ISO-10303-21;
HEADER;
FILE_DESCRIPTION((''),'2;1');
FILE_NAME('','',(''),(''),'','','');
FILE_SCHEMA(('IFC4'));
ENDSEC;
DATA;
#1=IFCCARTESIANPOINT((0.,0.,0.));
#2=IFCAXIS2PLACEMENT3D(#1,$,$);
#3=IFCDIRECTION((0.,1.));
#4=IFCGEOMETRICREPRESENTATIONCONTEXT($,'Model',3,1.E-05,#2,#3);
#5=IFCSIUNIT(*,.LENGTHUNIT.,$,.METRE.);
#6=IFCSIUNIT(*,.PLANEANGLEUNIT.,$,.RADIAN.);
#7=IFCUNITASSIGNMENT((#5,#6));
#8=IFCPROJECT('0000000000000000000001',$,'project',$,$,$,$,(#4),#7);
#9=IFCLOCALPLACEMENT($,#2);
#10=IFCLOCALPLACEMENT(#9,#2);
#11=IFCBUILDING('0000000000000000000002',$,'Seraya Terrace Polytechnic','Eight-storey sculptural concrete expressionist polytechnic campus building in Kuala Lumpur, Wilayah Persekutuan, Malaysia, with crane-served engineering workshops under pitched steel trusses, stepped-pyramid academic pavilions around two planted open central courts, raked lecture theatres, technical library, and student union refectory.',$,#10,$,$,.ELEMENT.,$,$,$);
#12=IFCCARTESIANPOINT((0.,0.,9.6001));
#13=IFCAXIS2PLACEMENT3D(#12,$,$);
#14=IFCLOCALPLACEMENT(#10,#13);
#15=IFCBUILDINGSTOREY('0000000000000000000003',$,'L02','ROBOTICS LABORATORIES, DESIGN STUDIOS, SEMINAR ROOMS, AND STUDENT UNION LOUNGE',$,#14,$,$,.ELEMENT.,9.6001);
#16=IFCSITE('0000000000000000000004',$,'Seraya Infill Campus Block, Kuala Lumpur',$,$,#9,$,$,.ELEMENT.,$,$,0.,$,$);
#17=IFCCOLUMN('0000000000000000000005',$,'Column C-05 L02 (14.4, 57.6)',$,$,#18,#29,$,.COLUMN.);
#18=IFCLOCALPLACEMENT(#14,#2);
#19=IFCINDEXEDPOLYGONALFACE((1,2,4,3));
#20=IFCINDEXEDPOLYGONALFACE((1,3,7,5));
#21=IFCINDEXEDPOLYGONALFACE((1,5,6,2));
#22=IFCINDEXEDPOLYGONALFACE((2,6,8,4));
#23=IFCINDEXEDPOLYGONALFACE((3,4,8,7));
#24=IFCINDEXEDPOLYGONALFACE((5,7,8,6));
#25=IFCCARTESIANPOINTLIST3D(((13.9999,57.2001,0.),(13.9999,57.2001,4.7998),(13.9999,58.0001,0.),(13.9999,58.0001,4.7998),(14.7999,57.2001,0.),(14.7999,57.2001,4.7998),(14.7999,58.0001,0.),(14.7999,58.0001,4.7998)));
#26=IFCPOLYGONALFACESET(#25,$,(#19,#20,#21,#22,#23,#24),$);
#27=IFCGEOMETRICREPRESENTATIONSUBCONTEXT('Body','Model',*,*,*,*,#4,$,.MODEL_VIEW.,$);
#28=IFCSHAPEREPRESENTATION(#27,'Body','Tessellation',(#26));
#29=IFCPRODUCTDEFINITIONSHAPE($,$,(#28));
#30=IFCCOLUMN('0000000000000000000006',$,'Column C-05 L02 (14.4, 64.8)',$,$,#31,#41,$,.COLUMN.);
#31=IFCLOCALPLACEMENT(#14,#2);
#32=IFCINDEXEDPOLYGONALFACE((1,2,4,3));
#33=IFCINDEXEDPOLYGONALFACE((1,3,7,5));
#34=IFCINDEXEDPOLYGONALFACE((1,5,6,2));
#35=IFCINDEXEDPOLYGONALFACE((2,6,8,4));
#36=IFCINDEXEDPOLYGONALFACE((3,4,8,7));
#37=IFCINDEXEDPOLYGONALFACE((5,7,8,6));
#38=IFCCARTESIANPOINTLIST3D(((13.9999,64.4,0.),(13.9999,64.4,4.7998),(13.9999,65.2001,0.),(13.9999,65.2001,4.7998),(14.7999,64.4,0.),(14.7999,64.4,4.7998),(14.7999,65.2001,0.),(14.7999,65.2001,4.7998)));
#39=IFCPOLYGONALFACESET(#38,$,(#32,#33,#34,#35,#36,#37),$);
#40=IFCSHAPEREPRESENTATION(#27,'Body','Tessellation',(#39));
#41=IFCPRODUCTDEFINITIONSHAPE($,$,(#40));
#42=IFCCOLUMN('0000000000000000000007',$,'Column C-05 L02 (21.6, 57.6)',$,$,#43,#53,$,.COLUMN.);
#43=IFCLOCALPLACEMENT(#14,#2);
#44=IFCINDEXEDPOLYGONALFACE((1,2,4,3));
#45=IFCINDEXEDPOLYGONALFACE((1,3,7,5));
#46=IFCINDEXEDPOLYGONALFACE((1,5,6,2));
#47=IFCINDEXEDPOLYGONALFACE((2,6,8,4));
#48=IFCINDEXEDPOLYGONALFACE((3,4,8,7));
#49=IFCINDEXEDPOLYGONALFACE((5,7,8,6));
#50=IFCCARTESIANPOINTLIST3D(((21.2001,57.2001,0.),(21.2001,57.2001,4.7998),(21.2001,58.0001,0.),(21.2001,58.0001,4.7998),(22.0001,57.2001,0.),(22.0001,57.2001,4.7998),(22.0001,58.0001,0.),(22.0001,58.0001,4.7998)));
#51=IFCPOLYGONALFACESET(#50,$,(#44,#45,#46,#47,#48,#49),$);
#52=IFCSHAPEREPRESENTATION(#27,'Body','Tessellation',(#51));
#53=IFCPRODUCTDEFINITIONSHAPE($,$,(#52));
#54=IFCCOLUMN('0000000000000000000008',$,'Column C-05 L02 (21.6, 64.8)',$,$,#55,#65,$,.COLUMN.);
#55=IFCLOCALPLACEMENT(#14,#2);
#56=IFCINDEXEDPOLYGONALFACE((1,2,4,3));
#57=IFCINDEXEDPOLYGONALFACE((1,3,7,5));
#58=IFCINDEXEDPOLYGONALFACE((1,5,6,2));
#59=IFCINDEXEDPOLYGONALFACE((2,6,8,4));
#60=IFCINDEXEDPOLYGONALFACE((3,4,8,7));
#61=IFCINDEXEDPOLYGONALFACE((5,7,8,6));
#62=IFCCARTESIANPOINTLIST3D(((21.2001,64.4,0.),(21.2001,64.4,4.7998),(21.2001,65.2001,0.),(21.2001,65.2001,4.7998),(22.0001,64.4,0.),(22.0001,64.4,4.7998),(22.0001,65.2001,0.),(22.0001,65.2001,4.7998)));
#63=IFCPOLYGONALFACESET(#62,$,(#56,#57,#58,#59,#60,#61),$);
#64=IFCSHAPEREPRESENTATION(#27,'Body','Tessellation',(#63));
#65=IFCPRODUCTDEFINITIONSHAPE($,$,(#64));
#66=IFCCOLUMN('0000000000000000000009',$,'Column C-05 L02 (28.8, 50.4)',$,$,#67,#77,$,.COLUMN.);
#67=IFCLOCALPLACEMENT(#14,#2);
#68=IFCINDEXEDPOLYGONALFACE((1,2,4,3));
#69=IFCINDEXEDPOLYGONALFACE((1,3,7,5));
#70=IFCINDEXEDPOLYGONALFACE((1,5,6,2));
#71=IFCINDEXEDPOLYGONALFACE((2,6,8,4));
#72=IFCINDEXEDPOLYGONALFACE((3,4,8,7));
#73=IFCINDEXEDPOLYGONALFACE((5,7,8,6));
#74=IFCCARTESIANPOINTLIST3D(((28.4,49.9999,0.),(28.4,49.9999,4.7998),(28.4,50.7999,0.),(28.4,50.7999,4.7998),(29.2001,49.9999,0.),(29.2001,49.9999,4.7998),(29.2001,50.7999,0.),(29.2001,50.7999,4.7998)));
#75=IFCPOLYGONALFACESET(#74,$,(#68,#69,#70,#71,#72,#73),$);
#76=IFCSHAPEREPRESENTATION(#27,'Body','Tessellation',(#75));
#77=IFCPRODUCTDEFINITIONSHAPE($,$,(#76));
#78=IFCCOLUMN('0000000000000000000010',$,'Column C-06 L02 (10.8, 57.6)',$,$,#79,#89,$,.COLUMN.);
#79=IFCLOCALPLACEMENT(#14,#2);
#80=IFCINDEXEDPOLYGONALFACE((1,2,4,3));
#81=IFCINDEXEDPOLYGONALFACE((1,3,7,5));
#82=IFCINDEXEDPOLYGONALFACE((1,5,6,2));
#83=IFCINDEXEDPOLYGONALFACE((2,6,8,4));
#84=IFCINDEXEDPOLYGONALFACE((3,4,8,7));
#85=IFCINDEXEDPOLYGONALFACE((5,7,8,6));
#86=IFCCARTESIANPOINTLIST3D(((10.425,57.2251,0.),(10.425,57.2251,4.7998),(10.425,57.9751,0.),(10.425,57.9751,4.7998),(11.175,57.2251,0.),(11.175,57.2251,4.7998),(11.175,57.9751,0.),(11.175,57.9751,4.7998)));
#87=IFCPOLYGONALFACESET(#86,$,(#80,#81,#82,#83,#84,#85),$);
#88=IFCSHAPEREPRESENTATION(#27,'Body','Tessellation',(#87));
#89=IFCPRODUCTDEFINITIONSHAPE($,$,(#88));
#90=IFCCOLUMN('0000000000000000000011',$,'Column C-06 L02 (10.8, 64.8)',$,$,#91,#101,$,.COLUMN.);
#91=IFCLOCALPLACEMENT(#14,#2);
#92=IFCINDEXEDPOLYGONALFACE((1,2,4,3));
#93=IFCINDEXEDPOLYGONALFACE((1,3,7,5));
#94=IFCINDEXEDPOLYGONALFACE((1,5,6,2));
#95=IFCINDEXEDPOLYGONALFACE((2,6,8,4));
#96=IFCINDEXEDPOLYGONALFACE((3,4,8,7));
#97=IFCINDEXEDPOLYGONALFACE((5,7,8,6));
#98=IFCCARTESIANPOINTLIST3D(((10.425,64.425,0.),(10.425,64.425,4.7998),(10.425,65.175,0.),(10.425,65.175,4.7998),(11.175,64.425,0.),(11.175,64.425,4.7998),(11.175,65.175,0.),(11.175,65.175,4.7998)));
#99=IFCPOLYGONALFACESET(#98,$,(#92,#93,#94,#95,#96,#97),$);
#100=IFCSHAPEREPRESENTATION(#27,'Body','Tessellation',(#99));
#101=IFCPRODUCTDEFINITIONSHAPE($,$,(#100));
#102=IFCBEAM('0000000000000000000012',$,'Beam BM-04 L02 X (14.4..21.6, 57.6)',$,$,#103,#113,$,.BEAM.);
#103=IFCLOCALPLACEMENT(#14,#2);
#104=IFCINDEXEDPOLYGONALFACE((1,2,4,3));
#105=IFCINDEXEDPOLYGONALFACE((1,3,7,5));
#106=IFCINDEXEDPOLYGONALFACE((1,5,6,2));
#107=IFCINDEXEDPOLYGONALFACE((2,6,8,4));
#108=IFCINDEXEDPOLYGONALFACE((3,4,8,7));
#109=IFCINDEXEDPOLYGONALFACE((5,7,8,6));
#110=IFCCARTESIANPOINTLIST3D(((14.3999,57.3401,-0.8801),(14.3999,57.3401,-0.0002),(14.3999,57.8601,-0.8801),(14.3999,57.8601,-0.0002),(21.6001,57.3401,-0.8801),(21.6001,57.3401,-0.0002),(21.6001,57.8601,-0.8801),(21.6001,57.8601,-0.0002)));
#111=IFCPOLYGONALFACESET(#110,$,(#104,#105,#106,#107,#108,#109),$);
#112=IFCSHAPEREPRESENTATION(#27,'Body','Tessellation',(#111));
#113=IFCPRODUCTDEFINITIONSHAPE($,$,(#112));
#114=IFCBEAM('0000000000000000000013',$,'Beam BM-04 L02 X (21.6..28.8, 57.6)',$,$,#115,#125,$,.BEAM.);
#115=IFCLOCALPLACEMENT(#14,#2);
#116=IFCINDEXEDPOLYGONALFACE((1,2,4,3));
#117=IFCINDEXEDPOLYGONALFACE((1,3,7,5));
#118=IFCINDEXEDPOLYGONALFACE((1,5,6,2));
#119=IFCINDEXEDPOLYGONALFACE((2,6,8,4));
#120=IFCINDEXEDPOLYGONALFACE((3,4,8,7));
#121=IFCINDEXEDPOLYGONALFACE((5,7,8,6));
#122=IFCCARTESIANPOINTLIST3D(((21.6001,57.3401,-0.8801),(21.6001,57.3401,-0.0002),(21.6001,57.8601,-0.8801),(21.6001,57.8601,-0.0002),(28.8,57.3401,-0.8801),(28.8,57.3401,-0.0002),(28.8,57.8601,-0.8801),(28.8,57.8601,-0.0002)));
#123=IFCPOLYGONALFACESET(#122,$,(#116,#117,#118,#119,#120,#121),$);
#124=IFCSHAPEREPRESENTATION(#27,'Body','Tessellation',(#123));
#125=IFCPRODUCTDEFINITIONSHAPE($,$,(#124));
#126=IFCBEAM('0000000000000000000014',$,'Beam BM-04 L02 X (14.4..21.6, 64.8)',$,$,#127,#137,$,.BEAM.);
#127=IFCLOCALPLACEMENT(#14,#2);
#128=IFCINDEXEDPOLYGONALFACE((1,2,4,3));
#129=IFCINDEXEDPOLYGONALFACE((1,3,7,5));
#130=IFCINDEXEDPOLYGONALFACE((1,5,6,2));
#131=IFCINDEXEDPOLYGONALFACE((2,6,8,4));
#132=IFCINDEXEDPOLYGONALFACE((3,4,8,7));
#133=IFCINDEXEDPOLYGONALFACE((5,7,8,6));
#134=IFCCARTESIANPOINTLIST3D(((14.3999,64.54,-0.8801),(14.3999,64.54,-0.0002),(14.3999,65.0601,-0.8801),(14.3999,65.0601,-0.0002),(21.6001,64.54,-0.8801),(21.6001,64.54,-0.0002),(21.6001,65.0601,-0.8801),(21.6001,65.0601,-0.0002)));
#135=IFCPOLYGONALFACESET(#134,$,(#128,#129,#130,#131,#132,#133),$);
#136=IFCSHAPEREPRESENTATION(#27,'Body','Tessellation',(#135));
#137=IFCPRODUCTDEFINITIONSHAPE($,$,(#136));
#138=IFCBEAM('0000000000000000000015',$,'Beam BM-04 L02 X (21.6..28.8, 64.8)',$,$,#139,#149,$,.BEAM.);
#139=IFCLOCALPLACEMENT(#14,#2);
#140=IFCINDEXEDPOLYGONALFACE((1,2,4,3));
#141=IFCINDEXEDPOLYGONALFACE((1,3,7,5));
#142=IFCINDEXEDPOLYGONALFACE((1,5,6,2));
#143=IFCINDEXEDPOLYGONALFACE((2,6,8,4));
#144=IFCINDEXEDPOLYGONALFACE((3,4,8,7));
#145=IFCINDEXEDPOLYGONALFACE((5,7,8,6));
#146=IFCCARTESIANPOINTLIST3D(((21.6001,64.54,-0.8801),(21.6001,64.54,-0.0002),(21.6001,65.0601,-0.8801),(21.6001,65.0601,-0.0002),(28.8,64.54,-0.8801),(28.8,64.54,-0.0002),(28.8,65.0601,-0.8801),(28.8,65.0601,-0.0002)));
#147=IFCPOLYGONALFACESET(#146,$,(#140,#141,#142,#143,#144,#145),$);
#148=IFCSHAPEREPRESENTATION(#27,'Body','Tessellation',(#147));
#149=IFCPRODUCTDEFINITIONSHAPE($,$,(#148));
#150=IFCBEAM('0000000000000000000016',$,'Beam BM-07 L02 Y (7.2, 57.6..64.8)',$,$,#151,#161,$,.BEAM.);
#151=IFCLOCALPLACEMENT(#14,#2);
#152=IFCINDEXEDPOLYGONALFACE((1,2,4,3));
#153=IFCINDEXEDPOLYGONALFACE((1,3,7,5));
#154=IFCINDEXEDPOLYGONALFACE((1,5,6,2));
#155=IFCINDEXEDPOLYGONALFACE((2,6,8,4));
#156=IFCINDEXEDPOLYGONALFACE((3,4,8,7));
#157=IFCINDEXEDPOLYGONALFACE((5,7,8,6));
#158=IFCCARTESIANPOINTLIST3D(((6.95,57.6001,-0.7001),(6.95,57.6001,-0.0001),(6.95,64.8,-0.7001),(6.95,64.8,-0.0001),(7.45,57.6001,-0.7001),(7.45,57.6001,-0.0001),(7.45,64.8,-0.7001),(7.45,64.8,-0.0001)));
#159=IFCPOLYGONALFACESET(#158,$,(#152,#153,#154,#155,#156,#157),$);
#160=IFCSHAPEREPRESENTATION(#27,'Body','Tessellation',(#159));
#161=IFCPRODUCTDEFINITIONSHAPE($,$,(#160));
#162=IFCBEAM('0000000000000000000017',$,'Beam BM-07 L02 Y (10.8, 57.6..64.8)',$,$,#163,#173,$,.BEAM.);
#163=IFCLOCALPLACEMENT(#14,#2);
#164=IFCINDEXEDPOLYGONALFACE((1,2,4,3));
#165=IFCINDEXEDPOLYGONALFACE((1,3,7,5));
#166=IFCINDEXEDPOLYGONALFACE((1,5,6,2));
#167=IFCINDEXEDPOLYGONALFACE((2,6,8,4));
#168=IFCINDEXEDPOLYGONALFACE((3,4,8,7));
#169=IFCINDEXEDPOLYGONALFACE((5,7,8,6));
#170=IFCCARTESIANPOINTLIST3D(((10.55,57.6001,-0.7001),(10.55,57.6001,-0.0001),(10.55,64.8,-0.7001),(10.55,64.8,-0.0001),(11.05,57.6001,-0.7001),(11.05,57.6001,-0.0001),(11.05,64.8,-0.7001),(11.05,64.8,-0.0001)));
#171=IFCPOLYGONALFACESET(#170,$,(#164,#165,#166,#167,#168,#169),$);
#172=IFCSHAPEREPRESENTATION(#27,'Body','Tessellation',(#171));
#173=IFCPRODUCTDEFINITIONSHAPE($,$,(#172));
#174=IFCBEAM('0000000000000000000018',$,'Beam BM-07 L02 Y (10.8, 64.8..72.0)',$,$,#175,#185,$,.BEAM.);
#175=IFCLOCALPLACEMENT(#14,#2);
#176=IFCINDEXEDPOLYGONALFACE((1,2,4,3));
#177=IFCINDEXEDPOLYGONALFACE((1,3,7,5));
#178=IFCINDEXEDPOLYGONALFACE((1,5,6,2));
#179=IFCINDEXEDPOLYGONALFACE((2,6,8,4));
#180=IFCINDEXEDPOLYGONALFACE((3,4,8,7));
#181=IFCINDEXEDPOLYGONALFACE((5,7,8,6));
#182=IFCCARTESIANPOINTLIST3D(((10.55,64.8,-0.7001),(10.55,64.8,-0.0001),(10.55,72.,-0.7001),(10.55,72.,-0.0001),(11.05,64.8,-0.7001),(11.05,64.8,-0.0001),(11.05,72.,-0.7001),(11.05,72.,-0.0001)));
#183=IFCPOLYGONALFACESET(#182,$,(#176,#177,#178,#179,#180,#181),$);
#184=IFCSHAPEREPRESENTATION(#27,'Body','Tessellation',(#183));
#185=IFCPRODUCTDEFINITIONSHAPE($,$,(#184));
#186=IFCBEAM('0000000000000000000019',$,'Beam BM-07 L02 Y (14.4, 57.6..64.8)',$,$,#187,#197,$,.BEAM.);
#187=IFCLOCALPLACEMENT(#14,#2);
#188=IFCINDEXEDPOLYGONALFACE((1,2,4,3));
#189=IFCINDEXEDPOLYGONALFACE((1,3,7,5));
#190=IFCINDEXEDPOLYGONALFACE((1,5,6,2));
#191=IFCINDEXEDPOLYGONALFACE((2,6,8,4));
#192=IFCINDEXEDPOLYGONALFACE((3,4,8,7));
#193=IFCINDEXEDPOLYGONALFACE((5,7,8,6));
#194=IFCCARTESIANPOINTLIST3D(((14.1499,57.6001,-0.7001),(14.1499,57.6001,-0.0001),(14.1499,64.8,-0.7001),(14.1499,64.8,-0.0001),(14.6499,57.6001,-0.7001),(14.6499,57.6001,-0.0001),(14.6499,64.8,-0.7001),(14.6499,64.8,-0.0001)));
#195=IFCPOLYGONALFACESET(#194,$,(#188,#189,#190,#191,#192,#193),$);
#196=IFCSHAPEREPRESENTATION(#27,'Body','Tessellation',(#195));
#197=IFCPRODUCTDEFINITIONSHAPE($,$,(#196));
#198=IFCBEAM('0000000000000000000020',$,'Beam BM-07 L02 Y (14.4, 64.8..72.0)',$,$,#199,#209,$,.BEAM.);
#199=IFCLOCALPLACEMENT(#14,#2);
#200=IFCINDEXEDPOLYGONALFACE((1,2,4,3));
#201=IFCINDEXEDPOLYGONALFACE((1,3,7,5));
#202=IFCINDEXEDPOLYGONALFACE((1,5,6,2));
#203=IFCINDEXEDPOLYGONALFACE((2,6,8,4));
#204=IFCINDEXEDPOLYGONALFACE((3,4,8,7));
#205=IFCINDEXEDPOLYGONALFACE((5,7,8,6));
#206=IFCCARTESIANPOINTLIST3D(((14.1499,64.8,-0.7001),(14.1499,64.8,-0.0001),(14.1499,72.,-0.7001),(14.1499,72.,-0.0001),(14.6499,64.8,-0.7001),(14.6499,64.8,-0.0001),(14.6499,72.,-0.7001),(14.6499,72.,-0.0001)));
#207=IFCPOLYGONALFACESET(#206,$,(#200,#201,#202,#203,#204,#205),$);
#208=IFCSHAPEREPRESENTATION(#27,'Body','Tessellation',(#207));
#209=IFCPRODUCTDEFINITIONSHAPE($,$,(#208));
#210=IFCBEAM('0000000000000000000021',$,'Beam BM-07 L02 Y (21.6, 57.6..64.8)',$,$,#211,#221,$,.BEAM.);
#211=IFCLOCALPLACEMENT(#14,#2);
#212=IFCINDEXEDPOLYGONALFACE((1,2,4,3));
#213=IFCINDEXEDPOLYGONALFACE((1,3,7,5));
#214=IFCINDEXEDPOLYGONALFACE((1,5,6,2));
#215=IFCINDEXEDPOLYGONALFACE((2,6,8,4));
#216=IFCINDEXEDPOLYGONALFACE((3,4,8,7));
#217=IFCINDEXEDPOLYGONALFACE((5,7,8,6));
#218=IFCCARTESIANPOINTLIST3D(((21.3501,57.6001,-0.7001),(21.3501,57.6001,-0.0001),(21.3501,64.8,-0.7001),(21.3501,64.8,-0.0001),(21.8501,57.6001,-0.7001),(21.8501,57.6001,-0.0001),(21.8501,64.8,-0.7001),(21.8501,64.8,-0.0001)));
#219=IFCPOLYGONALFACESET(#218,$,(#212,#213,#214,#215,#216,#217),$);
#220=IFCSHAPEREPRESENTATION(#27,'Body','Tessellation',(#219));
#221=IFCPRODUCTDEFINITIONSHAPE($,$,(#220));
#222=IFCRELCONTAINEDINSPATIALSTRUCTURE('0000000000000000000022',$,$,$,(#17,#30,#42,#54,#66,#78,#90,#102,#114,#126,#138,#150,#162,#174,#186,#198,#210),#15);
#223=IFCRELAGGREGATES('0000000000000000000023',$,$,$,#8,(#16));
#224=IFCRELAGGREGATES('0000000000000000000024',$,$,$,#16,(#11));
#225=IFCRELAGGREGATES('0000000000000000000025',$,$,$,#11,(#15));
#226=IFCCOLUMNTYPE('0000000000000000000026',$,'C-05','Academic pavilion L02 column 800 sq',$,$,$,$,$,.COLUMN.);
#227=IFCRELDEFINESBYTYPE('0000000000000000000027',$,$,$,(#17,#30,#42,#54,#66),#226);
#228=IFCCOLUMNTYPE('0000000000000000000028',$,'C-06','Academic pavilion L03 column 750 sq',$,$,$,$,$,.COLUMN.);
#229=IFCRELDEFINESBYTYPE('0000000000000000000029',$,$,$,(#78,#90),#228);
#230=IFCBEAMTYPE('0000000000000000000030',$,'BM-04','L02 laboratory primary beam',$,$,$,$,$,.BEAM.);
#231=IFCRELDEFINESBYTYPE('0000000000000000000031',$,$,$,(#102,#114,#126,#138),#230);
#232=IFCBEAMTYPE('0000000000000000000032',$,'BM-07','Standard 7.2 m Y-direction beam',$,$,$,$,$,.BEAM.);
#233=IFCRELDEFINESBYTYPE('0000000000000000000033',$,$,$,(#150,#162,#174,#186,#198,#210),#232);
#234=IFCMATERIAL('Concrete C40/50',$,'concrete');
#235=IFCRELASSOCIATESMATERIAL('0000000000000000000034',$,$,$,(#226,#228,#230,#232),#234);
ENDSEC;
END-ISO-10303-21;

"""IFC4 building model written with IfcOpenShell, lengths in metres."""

from ifc_helpers import new_model, si_unit, direction, frame, origin, origin_2d, place, context, subcontext, project, spatial, rectangle, extrude, material, material_profile, profile_set, type_object, element, save


model = new_model("IFC4")

# Units and contexts
model_context = context("Model", 3, precision=1e-05, world=origin(), true_north=direction((0.0, 1.0)))
body_context = subcontext(model_context, "Body", "Model", "MODEL_VIEW")
ifc_project = project(units=[si_unit("LENGTHUNIT", "METRE"), si_unit("PLANEANGLEUNIT", "RADIAN")], contexts=[model_context])

# Site, building, storey
site_placement = place(None, origin())
site = spatial("IfcSite", under=ifc_project, at=site_placement, Name="Seraya Infill Campus Block, Kuala Lumpur", CompositionType="ELEMENT", RefElevation=0.0)
building_placement = place(site_placement, origin())
building = spatial("IfcBuilding", under=site, at=building_placement, Name="Seraya Terrace Polytechnic", Description="Eight-storey sculptural concrete expressionist polytechnic campus building in Kuala Lumpur, Wilayah Persekutuan, Malaysia, with crane-served engineering workshops under pitched steel trusses, stepped-pyramid academic pavilions around two planted open central courts, raked lecture theatres, technical library, and student union refectory.", CompositionType="ELEMENT")
storey_placement = place(building_placement, frame((0.0, 0.0, 9.6001)))
storey = spatial("IfcBuildingStorey", under=building, at=storey_placement, Name="L02", Description="ROBOTICS LABORATORIES, DESIGN STUDIOS, SEMINAR ROOMS, AND STUDENT UNION LOUNGE", CompositionType="ELEMENT", Elevation=9.6001)

# Columns
ifc_material_1 = material(Name="Concrete C40/50", Category="concrete")
ifc_material_profile_1 = material_profile(ifc_material_1, rectangle(XDim=0.8, YDim=0.8, at=origin_2d()), Name="RC 800x800")
ifc_profile_set_1 = profile_set([ifc_material_profile_1], Name="Concrete C40/50")
column_type_1 = type_object("IfcColumnType", Name="C-05", Description="Academic pavilion L02 column 800 sq", PredefinedType="COLUMN", material=ifc_profile_set_1)
for number, where, z_axis, x_axis, name in (
    (1, (14.3999, 57.6001, 0.0), (0.0, 0.0, 1.0), (1.0, 0.0, 0.0), "Column C-05 L02 (14.4, 57.6)"),
    (2, (14.3999, 64.8, 0.0), (0.0, 0.0, 1.0), (1.0, 0.0, 0.0), "Column C-05 L02 (14.4, 64.8)"),
    (3, (21.6001, 57.6001, 0.0), (0.0, 0.0, 1.0), (1.0, 0.0, 0.0), "Column C-05 L02 (21.6, 57.6)"),
    (4, (21.6001, 64.8, 0.0), (0.0, 0.0, 1.0), (1.0, 0.0, 0.0), "Column C-05 L02 (21.6, 64.8)"),
    (5, (28.8, 50.3999, 0.0), (0.0, 0.0, 1.0), (1.0, 0.0, 0.0), "Column C-05 L02 (28.8, 50.4)"),
):
    element("IfcColumn", number, at=place(storey_placement, frame(where, z_axis=z_axis, x_axis=x_axis)), inside=storey, type_object=column_type_1, Name=name, PredefinedType="COLUMN", context=body_context, shape_type="SweptSolid", body=[
        extrude(rectangle(XDim=0.8, YDim=0.8, at=origin_2d()), origin(), (0.0, 0.0, 1.0), 4.7998),
    ])
ifc_material_profile_2 = material_profile(ifc_material_1, rectangle(XDim=0.75, YDim=0.75, at=origin_2d()), Name="RC 750x750")
ifc_profile_set_2 = profile_set([ifc_material_profile_2], Name="Concrete C40/50")
column_type_2 = type_object("IfcColumnType", Name="C-06", Description="Academic pavilion L03 column 750 sq", PredefinedType="COLUMN", material=ifc_profile_set_2)
for number, where, z_axis, x_axis, name in (
    (6, (10.8, 57.6001, 0.0), (0.0, 0.0, 1.0), (1.0, 0.0, 0.0), "Column C-06 L02 (10.8, 57.6)"),
    (7, (10.8, 64.8, 0.0), (0.0, 0.0, 1.0), (1.0, 0.0, 0.0), "Column C-06 L02 (10.8, 64.8)"),
):
    element("IfcColumn", number, at=place(storey_placement, frame(where, z_axis=z_axis, x_axis=x_axis)), inside=storey, type_object=column_type_2, Name=name, PredefinedType="COLUMN", context=body_context, shape_type="SweptSolid", body=[
        extrude(rectangle(XDim=0.75, YDim=0.75, at=origin_2d()), origin(), (0.0, 0.0, 1.0), 4.7998),
    ])

# Beams
ifc_material_profile_3 = material_profile(ifc_material_1, rectangle(XDim=0.52, YDim=0.8799, at=origin_2d()), Name="RC 520x880")
ifc_profile_set_3 = profile_set([ifc_material_profile_3], Name="Concrete C40/50")
beam_type_1 = type_object("IfcBeamType", Name="BM-04", Description="L02 laboratory primary beam", PredefinedType="BEAM", material=ifc_profile_set_3)
beam_1_placement = place(storey_placement, frame((14.3999, 57.6001, -0.4402), z_axis=(1.0, 0.0, 0.0), x_axis=(0.0, 1.0, 0.0)))
element("IfcBeam", 8, at=beam_1_placement, inside=storey, type_object=beam_type_1, Name="Beam BM-04 L02 X (14.4..21.6, 57.6)", PredefinedType="BEAM", context=body_context, shape_type="SweptSolid", body=[
    extrude(rectangle(XDim=0.52, YDim=0.8799, at=origin_2d()), origin(), (0.0, 0.0, 1.0), 7.2002),
])
beam_2_placement = place(storey_placement, frame((21.6001, 57.6001, -0.4402), z_axis=(1.0, 0.0, 0.0), x_axis=(0.0, 1.0, 0.0)))
element("IfcBeam", 9, at=beam_2_placement, inside=storey, type_object=beam_type_1, Name="Beam BM-04 L02 X (21.6..28.8, 57.6)", PredefinedType="BEAM", context=body_context, shape_type="SweptSolid", body=[
    extrude(rectangle(XDim=0.52, YDim=0.8799, at=origin_2d()), origin(), (0.0, 0.0, 1.0), 7.2),
])
beam_3_placement = place(storey_placement, frame((14.3999, 64.8, -0.4402), z_axis=(1.0, 0.0, 0.0), x_axis=(0.0, 1.0, 0.0)))
element("IfcBeam", 10, at=beam_3_placement, inside=storey, type_object=beam_type_1, Name="Beam BM-04 L02 X (14.4..21.6, 64.8)", PredefinedType="BEAM", context=body_context, shape_type="SweptSolid", body=[
    extrude(rectangle(XDim=0.52, YDim=0.8799, at=origin_2d()), origin(), (0.0, 0.0, 1.0), 7.2002),
])
beam_4_placement = place(storey_placement, frame((21.6001, 64.8, -0.4402), z_axis=(1.0, 0.0, 0.0), x_axis=(0.0, 1.0, 0.0)))
element("IfcBeam", 11, at=beam_4_placement, inside=storey, type_object=beam_type_1, Name="Beam BM-04 L02 X (21.6..28.8, 64.8)", PredefinedType="BEAM", context=body_context, shape_type="SweptSolid", body=[
    extrude(rectangle(XDim=0.52, YDim=0.8799, at=origin_2d()), origin(), (0.0, 0.0, 1.0), 7.2),
])
ifc_material_profile_4 = material_profile(ifc_material_1, rectangle(XDim=0.5, YDim=0.7, at=origin_2d()), Name="RC 500x700")
ifc_profile_set_4 = profile_set([ifc_material_profile_4], Name="Concrete C40/50")
beam_type_2 = type_object("IfcBeamType", Name="BM-07", Description="Standard 7.2 m Y-direction beam", PredefinedType="BEAM", material=ifc_profile_set_4)
for number, where, z_axis, x_axis, name in (
    (12, (7.2, 57.6001, -0.3501), (0.0, 1.0, 0.0), (-1.0, 0.0, 0.0), "Beam BM-07 L02 Y (7.2, 57.6..64.8)"),
    (13, (10.8, 57.6001, -0.3501), (0.0, 1.0, 0.0), (-1.0, 0.0, 0.0), "Beam BM-07 L02 Y (10.8, 57.6..64.8)"),
    (14, (10.8, 64.8, -0.3501), (0.0, 1.0, 0.0), (-1.0, 0.0, 0.0), "Beam BM-07 L02 Y (10.8, 64.8..72.0)"),
    (15, (14.3999, 57.6001, -0.3501), (0.0, 1.0, 0.0), (-1.0, 0.0, 0.0), "Beam BM-07 L02 Y (14.4, 57.6..64.8)"),
    (16, (14.3999, 64.8, -0.3501), (0.0, 1.0, 0.0), (-1.0, 0.0, 0.0), "Beam BM-07 L02 Y (14.4, 64.8..72.0)"),
    (17, (21.6001, 57.6001, -0.3501), (0.0, 1.0, 0.0), (-1.0, 0.0, 0.0), "Beam BM-07 L02 Y (21.6, 57.6..64.8)"),
):
    element("IfcBeam", number, at=place(storey_placement, frame(where, z_axis=z_axis, x_axis=x_axis)), inside=storey, type_object=beam_type_2, Name=name, PredefinedType="BEAM", context=body_context, shape_type="SweptSolid", body=[
        extrude(rectangle(XDim=0.5, YDim=0.7, at=origin_2d()), origin(), (0.0, 0.0, 1.0), 7.2),
    ])

save(model, "model.ifc")
